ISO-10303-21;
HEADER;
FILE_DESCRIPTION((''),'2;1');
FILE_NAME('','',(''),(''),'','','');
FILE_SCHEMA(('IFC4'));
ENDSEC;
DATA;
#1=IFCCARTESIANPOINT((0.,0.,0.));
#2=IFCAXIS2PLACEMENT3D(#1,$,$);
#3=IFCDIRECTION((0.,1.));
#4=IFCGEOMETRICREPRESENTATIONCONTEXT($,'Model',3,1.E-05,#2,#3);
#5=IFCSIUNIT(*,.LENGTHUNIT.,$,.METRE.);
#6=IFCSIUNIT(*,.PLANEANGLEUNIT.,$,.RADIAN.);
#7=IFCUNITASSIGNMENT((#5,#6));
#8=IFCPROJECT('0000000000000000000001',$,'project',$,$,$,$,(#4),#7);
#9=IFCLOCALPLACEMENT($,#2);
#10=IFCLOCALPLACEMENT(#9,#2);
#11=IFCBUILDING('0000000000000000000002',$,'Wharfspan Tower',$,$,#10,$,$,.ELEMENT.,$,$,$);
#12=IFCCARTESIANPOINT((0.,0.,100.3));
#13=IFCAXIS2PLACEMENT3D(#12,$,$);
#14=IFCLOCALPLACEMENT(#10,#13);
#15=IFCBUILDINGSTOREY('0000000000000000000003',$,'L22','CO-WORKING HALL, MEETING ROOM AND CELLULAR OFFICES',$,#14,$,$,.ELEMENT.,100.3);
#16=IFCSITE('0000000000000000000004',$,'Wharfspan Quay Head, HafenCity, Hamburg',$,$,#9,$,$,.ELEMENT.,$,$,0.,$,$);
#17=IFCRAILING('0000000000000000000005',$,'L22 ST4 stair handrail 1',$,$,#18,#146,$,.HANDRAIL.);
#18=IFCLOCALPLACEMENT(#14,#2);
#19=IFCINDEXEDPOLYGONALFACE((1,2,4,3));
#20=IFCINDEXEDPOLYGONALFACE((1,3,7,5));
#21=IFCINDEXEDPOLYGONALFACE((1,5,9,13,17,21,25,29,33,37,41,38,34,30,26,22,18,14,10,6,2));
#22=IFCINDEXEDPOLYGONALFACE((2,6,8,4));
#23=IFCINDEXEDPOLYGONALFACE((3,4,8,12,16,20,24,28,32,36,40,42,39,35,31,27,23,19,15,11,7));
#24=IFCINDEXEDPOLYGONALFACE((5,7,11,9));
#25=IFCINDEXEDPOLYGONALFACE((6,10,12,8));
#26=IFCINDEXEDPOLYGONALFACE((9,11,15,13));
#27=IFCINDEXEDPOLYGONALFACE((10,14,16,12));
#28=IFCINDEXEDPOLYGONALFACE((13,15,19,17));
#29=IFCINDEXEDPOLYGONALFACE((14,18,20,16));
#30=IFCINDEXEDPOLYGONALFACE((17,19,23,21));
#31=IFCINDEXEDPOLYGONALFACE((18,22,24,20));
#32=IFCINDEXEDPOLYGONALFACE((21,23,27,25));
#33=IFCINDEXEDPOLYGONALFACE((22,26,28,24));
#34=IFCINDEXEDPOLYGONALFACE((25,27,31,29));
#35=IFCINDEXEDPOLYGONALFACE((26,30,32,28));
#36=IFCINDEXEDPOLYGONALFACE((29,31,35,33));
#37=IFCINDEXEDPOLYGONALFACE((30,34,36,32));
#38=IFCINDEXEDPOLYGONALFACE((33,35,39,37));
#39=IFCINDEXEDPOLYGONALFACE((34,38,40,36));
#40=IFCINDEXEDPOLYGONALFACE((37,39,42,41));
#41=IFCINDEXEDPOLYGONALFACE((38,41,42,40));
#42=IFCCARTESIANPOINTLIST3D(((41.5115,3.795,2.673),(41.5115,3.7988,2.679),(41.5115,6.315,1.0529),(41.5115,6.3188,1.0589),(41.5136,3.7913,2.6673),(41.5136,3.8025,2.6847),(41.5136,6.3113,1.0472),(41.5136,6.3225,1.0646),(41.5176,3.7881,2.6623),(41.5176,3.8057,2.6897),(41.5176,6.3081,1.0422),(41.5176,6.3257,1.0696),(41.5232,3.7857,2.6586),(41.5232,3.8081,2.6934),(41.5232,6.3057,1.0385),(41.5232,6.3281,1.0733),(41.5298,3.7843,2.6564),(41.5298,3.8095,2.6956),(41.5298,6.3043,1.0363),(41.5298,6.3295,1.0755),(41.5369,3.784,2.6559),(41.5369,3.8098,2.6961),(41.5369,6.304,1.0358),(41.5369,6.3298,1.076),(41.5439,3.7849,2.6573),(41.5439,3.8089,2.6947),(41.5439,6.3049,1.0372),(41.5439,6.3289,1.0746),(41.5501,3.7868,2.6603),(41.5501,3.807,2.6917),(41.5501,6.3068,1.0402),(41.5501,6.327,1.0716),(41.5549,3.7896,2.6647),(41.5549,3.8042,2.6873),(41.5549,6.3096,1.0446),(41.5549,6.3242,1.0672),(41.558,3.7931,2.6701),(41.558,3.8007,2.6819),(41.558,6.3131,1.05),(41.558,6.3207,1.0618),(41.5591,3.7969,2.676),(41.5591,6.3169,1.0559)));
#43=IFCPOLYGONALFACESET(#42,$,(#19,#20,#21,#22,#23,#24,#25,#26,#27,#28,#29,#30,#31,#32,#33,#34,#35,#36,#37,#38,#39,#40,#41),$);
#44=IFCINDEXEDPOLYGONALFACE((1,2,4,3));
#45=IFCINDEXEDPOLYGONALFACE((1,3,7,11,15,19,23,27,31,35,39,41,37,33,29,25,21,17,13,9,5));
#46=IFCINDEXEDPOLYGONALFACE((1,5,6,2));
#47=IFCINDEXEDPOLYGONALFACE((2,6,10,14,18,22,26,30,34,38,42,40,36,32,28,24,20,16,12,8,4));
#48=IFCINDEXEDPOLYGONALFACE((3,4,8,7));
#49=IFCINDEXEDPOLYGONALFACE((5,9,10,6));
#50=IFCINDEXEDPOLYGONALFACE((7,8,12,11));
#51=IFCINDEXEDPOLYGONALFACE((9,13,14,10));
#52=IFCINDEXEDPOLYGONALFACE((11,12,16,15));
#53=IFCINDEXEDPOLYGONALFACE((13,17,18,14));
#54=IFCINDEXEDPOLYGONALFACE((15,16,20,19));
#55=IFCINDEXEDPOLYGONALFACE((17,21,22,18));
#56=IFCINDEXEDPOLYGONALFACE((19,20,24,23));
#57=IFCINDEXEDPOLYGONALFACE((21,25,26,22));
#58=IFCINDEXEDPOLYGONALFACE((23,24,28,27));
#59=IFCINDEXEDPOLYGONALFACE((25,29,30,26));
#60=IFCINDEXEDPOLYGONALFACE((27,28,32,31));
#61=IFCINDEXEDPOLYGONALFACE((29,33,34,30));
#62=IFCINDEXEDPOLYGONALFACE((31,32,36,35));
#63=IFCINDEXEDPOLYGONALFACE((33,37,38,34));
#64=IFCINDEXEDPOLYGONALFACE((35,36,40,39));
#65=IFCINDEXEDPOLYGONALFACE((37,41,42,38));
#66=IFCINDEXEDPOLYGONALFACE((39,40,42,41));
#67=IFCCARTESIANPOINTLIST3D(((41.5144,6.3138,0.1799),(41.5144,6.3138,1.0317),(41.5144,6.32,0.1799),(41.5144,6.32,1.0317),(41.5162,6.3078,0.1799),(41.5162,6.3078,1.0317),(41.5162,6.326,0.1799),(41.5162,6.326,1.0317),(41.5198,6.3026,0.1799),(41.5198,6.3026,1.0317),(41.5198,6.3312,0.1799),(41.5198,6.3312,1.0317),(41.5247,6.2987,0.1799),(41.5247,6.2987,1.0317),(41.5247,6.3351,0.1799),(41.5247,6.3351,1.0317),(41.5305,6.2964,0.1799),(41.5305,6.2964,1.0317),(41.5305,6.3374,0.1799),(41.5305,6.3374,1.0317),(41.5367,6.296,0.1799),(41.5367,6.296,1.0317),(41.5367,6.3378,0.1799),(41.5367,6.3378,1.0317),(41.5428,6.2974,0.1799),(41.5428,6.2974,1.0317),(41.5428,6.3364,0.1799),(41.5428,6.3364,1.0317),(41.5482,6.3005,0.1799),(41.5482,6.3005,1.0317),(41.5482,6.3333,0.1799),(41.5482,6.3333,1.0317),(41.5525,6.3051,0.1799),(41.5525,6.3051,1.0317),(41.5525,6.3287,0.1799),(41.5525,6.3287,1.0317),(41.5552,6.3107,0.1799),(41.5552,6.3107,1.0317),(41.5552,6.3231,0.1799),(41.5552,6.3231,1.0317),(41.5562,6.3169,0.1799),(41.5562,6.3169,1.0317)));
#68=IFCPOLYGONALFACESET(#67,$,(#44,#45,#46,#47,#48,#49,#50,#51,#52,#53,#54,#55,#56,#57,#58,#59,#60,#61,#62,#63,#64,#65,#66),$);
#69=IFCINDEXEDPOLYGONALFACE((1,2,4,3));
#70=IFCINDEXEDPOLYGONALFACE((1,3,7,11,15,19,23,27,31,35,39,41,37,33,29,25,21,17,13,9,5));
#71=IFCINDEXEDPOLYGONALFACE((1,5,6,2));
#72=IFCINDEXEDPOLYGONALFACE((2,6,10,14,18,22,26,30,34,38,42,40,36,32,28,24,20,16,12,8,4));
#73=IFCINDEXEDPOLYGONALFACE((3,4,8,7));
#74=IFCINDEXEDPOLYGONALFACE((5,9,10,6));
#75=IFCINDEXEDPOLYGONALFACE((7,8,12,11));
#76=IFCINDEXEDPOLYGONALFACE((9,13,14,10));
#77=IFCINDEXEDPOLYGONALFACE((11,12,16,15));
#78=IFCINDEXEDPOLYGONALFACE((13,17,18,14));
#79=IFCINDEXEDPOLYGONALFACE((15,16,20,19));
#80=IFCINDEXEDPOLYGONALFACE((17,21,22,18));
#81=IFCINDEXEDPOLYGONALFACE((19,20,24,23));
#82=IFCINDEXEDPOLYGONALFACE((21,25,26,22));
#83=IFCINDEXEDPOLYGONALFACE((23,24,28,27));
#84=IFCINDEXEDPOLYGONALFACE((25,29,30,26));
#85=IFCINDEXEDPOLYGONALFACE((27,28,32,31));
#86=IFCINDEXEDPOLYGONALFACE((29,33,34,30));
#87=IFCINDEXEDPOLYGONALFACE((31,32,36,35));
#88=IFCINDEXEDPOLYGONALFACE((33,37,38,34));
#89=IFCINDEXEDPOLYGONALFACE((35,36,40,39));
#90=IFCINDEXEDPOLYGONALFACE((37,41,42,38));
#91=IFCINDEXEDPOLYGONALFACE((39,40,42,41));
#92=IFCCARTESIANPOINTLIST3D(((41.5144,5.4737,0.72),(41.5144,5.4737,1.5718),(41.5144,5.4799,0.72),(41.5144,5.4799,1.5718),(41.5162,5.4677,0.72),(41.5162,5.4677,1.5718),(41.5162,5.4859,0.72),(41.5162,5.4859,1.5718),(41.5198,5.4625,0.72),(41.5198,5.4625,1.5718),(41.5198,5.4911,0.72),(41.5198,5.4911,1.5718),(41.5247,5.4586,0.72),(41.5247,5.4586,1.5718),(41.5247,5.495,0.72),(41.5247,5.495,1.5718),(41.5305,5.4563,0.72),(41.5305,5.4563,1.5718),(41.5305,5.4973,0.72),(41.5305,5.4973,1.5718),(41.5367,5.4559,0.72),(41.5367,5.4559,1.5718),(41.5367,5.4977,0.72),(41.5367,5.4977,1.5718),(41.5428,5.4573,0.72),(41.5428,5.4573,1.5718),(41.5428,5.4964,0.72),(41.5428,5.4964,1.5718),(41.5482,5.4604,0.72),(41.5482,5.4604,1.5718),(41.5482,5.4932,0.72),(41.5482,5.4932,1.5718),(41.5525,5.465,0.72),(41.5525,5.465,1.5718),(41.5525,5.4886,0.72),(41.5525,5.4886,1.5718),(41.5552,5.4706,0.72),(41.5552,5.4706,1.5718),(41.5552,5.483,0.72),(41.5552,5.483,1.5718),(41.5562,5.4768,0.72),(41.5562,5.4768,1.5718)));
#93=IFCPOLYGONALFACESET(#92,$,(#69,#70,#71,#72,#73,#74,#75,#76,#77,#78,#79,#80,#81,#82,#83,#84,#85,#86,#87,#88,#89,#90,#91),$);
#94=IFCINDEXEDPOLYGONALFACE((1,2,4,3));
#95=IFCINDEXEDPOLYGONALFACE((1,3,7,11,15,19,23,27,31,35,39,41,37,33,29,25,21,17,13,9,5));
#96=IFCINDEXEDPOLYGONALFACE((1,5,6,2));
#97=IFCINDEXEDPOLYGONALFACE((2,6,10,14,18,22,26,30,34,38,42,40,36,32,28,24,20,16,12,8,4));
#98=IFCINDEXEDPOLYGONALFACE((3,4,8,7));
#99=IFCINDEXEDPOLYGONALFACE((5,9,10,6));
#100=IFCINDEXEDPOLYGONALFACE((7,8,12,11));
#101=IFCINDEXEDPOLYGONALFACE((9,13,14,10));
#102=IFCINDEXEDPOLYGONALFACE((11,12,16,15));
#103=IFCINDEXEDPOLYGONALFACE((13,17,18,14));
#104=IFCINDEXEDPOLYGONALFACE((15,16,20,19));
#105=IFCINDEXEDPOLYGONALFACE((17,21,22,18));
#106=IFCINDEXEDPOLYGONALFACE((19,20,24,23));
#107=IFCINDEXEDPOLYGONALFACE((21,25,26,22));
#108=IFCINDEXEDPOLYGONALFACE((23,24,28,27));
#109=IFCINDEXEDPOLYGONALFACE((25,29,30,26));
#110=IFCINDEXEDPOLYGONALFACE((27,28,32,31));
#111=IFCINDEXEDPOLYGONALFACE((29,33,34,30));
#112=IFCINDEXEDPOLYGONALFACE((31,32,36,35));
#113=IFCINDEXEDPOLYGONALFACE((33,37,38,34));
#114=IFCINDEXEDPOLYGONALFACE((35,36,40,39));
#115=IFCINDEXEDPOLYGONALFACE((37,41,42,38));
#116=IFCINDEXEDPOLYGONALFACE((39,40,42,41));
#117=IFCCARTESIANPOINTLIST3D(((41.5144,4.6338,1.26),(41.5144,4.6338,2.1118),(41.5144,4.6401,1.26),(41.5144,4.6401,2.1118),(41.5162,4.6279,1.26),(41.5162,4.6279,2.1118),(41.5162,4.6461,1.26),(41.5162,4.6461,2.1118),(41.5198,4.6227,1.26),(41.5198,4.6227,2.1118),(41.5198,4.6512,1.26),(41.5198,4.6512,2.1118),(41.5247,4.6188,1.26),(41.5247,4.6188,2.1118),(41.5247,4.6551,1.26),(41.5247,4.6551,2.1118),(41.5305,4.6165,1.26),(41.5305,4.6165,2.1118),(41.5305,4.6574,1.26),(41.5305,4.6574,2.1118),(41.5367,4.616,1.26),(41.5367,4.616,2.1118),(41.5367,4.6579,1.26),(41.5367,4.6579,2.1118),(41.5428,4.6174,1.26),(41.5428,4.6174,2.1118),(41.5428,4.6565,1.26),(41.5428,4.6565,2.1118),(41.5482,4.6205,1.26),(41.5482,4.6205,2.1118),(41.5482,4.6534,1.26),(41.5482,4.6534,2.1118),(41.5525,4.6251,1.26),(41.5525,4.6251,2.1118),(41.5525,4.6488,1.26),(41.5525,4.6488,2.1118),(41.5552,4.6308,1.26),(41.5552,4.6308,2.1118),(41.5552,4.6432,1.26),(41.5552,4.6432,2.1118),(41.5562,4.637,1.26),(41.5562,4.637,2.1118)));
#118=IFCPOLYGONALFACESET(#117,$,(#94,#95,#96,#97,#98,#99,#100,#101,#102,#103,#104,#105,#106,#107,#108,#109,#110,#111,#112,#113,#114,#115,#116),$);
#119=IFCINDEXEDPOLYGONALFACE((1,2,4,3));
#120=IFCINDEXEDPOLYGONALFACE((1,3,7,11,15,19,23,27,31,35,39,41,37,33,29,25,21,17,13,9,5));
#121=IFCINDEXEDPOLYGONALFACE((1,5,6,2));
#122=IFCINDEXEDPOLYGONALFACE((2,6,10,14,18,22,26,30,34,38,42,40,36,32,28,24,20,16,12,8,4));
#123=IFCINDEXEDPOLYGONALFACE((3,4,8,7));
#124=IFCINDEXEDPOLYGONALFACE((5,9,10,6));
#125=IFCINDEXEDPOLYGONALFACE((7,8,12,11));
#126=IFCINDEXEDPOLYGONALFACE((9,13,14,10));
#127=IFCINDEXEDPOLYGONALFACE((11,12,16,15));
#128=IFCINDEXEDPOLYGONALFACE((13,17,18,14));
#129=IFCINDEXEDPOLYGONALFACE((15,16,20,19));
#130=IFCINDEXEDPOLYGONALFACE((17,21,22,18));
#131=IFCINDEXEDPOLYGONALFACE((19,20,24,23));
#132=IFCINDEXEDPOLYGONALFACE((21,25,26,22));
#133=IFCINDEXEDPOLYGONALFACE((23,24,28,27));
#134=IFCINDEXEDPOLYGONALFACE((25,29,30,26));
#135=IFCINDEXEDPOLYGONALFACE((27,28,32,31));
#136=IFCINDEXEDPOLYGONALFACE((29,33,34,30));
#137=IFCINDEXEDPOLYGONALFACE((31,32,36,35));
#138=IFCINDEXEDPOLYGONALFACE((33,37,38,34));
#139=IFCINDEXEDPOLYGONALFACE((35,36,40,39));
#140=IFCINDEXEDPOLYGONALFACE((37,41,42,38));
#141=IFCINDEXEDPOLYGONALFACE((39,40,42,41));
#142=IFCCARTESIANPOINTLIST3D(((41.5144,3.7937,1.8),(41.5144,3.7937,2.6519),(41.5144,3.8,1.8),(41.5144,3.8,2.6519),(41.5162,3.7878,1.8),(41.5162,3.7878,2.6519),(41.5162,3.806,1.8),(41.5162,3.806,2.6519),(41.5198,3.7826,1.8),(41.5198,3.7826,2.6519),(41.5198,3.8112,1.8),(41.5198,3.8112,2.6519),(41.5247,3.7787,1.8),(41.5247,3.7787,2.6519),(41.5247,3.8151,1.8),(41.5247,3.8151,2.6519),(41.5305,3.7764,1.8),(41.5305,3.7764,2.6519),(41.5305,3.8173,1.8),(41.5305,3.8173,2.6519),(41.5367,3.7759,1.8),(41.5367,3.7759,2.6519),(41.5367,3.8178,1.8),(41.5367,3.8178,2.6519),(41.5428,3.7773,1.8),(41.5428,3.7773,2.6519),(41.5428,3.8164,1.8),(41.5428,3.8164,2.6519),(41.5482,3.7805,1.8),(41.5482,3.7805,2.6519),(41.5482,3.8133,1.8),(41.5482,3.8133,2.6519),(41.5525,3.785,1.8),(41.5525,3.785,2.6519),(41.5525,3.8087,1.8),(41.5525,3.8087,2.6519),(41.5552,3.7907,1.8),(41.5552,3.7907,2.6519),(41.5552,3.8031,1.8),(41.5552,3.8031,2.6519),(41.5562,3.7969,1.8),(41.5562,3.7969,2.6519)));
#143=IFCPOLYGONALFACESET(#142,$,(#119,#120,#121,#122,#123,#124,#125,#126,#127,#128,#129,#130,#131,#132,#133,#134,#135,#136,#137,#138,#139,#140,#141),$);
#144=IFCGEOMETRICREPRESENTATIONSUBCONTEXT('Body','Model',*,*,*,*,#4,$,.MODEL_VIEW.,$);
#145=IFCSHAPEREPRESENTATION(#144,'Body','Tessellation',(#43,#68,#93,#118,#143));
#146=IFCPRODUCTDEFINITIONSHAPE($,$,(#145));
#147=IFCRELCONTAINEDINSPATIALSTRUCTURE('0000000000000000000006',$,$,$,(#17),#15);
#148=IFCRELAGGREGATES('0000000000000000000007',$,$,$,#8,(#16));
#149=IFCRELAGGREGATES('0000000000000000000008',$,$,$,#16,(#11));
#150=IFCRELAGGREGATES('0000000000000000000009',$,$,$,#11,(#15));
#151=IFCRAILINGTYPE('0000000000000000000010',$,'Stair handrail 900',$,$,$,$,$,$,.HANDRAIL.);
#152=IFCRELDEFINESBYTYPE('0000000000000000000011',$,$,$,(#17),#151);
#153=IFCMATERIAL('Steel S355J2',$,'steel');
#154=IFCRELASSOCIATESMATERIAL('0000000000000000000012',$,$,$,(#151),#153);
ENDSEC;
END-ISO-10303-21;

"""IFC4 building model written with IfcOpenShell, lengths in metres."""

from ifc_helpers import new_model, si_unit, direction, frame, origin, origin_2d, place, context, subcontext, project, spatial, circle, extrude, material, type_object, element, save


model = new_model("IFC4")

# Units and contexts
model_context = context("Model", 3, precision=1e-05, world=origin(), true_north=direction((0.0, 1.0)))
body_context = subcontext(model_context, "Body", "Model", "MODEL_VIEW")
ifc_project = project(units=[si_unit("LENGTHUNIT", "METRE"), si_unit("PLANEANGLEUNIT", "RADIAN")], contexts=[model_context])

# Site, building, storey
site_placement = place(None, origin())
site = spatial("IfcSite", under=ifc_project, at=site_placement, Name="Wharfspan Quay Head, HafenCity, Hamburg", CompositionType="ELEMENT", RefElevation=0.0)
building_placement = place(site_placement, origin())
building = spatial("IfcBuilding", under=site, at=building_placement, Name="Wharfspan Tower", CompositionType="ELEMENT")
storey_placement = place(building_placement, frame((0.0, 0.0, 100.3)))
storey = spatial("IfcBuildingStorey", under=building, at=storey_placement, Name="L22", Description="CO-WORKING HALL, MEETING ROOM AND CELLULAR OFFICES", CompositionType="ELEMENT", Elevation=100.3)

# Railing
ifc_material_1 = material(Name="Steel S355J2", Category="steel")
railing_type_1 = type_object("IfcRailingType", Name="Stair handrail 900", PredefinedType="HANDRAIL", material=ifc_material_1)
railing_1_placement = place(storey_placement, frame((41.5352, 6.3169, 0.1799)))
element("IfcRailing", 1, at=railing_1_placement, inside=storey, type_object=railing_type_1, Name="L22 ST4 stair handrail 1", PredefinedType="HANDRAIL", context=body_context, shape_type="SweptSolid", body=[
    extrude(circle(Radius=0.0239, at=origin_2d()), frame((0.0, 0.0, 0.876), z_axis=(0.0, -0.841163, 0.540782), x_axis=(1.0, 0.0, 0.0)), (0.0, 0.0, 1.0), 2.9958),
    extrude(circle(Radius=0.021, at=origin_2d()), origin(), (0.0, 0.0, 1.0), 0.8518),
    extrude(circle(Radius=0.021, at=origin_2d()), frame((0.0, -0.8401, 0.54)), (0.0, 0.0, 1.0), 0.8518),
    extrude(circle(Radius=0.021, at=origin_2d()), frame((0.0, -1.6799, 1.0801)), (0.0, 0.0, 1.0), 0.8518),
    extrude(circle(Radius=0.021, at=origin_2d()), frame((0.0, -2.52, 1.6201)), (0.0, 0.0, 1.0), 0.8518),
])

save(model, "model.ifc")
